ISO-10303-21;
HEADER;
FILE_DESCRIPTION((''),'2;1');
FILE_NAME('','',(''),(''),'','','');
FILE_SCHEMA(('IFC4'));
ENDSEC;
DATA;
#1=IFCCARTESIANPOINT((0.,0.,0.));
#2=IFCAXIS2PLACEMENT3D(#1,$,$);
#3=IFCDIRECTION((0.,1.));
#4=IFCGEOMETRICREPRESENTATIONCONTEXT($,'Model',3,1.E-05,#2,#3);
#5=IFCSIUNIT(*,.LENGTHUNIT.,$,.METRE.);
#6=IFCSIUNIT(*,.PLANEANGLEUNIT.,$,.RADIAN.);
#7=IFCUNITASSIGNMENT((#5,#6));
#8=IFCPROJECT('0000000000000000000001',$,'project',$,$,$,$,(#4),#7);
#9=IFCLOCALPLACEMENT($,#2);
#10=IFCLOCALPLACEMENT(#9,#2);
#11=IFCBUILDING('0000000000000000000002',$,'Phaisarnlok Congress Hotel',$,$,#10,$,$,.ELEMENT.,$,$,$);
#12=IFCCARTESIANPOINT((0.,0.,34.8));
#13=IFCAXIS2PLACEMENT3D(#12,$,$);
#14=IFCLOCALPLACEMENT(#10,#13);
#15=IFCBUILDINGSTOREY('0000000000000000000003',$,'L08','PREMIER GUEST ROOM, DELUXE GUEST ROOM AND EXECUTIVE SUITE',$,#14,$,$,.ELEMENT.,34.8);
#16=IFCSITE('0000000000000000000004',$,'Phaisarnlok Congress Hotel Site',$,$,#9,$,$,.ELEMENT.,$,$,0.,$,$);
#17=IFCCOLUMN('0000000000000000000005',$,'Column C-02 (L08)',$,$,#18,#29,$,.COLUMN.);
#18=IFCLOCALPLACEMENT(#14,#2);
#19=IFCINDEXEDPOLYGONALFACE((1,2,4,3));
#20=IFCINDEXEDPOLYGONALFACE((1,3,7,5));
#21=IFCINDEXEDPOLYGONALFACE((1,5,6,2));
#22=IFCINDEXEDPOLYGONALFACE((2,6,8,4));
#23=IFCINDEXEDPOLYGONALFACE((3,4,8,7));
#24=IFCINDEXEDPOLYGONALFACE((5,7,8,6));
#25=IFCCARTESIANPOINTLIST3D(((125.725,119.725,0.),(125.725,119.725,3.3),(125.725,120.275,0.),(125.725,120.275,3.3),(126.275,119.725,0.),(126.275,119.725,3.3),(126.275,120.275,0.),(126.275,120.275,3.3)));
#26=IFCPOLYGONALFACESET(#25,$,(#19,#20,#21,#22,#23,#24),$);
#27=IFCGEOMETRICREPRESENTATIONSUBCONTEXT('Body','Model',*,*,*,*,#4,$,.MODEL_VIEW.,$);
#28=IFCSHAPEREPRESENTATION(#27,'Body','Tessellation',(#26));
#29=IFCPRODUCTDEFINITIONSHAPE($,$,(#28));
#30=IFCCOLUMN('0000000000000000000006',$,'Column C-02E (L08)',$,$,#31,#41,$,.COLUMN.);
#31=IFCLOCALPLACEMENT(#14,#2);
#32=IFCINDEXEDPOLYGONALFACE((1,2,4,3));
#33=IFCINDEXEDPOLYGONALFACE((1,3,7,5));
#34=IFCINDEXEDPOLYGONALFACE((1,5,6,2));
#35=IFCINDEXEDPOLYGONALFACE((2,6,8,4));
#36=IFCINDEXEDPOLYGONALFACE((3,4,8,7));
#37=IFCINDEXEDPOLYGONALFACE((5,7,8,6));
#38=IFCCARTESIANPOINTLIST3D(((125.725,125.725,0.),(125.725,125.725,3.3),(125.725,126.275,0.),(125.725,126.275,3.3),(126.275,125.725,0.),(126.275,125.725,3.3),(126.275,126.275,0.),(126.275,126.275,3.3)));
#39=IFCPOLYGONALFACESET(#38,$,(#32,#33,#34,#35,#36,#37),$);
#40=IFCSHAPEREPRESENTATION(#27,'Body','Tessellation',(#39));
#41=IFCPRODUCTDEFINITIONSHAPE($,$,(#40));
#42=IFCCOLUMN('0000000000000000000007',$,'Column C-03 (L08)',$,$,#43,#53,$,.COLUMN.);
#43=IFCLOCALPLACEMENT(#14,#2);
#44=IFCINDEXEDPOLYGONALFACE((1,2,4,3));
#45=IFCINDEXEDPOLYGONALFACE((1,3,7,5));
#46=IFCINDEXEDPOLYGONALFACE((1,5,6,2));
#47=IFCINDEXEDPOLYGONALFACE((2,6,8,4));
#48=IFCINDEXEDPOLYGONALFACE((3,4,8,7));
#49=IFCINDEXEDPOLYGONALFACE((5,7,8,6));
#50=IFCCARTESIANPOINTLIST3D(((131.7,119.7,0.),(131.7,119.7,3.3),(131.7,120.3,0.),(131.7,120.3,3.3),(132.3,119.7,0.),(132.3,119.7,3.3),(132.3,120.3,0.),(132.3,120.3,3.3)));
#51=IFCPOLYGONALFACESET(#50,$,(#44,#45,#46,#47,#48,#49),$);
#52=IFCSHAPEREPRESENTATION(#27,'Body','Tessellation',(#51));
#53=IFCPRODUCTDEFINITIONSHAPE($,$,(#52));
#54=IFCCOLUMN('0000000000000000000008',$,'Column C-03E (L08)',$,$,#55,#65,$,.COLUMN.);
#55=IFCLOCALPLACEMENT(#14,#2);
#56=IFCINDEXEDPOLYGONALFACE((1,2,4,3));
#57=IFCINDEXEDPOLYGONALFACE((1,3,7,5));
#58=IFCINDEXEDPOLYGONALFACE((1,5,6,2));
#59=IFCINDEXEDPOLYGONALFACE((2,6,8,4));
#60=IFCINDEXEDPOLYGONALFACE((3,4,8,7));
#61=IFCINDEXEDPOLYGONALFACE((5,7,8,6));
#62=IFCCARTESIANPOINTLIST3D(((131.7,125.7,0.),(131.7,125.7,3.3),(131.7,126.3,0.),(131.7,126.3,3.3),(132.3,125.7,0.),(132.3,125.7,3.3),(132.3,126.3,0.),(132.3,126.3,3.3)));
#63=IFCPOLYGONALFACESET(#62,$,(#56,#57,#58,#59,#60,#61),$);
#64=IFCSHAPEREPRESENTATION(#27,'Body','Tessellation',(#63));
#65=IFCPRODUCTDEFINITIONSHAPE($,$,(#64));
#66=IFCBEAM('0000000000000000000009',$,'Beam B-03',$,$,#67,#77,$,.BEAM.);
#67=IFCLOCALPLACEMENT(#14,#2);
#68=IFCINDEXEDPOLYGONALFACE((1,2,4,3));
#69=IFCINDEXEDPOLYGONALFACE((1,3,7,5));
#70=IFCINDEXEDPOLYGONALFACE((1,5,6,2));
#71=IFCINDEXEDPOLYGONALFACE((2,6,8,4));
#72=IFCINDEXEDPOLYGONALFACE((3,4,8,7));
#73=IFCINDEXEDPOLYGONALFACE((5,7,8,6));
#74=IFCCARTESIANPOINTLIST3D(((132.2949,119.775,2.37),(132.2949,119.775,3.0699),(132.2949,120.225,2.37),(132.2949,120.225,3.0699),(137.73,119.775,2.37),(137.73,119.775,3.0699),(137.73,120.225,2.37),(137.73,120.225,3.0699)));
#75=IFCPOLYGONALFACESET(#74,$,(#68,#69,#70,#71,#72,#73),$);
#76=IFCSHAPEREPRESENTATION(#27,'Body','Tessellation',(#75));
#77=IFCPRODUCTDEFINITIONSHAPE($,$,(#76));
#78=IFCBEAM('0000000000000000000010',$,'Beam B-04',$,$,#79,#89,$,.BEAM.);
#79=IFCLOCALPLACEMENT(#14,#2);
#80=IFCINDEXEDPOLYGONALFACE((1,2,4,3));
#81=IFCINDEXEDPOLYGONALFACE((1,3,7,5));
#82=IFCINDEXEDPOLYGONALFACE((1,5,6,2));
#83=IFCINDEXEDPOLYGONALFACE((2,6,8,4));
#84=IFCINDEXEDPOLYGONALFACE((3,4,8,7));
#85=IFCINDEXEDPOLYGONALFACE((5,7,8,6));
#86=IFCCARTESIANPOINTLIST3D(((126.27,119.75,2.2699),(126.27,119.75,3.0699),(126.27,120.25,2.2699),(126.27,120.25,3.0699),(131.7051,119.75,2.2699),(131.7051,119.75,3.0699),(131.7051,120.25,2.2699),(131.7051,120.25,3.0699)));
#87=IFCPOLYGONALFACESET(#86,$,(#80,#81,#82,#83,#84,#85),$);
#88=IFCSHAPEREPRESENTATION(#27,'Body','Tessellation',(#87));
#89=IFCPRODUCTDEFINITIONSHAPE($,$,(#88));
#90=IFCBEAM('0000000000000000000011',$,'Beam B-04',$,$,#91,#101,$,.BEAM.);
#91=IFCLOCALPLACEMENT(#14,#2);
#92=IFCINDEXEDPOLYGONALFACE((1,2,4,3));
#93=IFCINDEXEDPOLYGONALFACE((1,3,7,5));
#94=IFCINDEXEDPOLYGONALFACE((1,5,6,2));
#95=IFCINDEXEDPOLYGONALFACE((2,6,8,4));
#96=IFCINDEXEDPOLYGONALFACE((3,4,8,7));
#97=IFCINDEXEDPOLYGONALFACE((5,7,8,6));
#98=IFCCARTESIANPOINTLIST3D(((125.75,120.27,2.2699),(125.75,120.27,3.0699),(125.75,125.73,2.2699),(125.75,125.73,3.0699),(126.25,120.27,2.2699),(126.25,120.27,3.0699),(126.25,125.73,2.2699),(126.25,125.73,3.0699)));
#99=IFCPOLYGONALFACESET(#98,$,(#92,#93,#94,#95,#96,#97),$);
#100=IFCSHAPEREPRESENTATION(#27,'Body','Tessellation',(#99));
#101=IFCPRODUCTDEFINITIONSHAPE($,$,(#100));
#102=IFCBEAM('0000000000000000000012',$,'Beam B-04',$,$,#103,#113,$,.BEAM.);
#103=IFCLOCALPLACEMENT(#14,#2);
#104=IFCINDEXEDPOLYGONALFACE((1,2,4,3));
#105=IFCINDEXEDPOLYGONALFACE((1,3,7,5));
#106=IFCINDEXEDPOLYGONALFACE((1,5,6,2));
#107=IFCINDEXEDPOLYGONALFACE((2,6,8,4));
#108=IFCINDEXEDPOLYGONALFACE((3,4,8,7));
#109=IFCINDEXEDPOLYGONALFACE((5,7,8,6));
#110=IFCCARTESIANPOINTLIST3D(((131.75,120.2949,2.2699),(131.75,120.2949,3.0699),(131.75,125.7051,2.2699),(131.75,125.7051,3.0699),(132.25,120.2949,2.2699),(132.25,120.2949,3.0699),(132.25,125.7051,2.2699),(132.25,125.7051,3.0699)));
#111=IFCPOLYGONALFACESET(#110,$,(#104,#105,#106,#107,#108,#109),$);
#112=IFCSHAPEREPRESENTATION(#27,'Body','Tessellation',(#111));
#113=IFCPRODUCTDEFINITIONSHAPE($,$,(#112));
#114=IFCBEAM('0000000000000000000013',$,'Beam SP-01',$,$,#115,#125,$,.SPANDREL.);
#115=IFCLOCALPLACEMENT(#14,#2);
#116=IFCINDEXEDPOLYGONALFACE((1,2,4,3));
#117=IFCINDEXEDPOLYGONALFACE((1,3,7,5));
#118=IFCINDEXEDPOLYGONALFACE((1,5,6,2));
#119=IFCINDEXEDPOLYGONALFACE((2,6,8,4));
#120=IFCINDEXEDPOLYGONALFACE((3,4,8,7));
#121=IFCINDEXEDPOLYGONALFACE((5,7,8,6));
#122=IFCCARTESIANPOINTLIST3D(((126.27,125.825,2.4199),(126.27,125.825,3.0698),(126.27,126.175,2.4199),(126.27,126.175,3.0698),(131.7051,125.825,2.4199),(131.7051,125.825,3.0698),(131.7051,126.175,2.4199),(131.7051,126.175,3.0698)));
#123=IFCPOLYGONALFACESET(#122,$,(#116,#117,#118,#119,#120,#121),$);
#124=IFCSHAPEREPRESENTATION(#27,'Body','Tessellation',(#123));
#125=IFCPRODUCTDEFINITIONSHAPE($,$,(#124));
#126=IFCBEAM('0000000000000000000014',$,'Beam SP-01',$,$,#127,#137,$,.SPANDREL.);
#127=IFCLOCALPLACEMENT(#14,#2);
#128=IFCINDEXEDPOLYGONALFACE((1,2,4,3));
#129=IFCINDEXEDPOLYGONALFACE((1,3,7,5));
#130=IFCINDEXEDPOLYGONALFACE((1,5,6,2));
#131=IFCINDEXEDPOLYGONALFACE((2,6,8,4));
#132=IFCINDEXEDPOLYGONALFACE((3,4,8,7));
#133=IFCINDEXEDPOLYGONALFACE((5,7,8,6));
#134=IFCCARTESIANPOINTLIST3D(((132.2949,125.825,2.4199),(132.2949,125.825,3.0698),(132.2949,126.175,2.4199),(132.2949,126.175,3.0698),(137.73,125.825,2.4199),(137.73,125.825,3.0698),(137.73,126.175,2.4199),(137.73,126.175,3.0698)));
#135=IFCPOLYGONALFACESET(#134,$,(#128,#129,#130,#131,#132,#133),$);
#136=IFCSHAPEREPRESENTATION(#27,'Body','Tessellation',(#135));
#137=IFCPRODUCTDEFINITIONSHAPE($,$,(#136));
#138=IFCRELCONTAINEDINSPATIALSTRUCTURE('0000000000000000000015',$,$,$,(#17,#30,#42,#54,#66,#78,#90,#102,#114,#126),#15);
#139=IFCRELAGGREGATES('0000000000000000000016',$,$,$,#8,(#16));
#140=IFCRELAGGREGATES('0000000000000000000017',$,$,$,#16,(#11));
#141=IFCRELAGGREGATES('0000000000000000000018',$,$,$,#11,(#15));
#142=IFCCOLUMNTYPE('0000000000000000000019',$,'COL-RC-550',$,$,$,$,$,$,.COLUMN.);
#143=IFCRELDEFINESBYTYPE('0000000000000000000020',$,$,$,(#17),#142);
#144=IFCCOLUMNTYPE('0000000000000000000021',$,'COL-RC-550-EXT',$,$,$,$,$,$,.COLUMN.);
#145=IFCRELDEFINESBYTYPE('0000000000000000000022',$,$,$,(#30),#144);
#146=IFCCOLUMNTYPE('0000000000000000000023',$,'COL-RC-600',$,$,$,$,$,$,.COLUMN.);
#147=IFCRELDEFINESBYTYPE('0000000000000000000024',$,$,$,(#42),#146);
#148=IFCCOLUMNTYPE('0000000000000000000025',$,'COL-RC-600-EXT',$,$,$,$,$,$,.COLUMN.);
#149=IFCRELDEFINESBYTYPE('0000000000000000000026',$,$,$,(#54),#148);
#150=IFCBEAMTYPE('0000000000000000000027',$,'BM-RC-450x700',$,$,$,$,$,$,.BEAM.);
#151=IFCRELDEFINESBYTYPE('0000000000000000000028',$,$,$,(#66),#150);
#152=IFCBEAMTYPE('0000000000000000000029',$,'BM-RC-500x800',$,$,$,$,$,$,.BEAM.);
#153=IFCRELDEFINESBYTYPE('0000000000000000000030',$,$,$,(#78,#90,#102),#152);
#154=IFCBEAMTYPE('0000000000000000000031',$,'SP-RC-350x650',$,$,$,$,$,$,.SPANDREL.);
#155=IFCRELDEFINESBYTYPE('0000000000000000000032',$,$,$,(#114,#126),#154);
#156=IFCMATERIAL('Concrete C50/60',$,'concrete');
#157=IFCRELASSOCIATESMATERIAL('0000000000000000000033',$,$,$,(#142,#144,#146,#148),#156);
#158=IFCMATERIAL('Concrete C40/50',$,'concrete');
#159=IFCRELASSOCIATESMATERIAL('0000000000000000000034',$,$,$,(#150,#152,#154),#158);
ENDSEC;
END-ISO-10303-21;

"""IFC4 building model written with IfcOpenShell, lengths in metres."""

from ifc_helpers import new_model, si_unit, direction, frame, origin, origin_2d, place, context, subcontext, project, spatial, rectangle, extrude, material, material_profile, profile_set, type_object, element, save


model = new_model("IFC4")

# Units and contexts
model_context = context("Model", 3, precision=1e-05, world=origin(), true_north=direction((0.0, 1.0)))
body_context = subcontext(model_context, "Body", "Model", "MODEL_VIEW")
ifc_project = project(units=[si_unit("LENGTHUNIT", "METRE"), si_unit("PLANEANGLEUNIT", "RADIAN")], contexts=[model_context])

# Site, building, storey
site_placement = place(None, origin())
site = spatial("IfcSite", under=ifc_project, at=site_placement, Name="Phaisarnlok Congress Hotel Site", CompositionType="ELEMENT", RefElevation=0.0)
building_placement = place(site_placement, origin())
building = spatial("IfcBuilding", under=site, at=building_placement, Name="Phaisarnlok Congress Hotel", CompositionType="ELEMENT")
storey_placement = place(building_placement, frame((0.0, 0.0, 34.8)))
storey = spatial("IfcBuildingStorey", under=building, at=storey_placement, Name="L08", Description="PREMIER GUEST ROOM, DELUXE GUEST ROOM AND EXECUTIVE SUITE", CompositionType="ELEMENT", Elevation=34.8)

# Columns
ifc_material_1 = material(Name="Concrete C50/60", Category="concrete")
ifc_material_profile_1 = material_profile(ifc_material_1, rectangle(XDim=0.55, YDim=0.55, at=origin_2d()), Name="RC 550x550")
ifc_profile_set_1 = profile_set([ifc_material_profile_1], Name="Concrete C50/60")
column_type_1 = type_object("IfcColumnType", Name="COL-RC-550", PredefinedType="COLUMN", material=ifc_profile_set_1)
column_1_placement = place(storey_placement, frame((126.0, 120.0, 0.0), z_axis=(0.0, 0.0, 1.0), x_axis=(1.0, 0.0, 0.0)))
element("IfcColumn", 1, at=column_1_placement, inside=storey, type_object=column_type_1, Name="Column C-02 (L08)", PredefinedType="COLUMN", context=body_context, shape_type="SweptSolid", body=[
    extrude(rectangle(XDim=0.55, YDim=0.55, at=origin_2d()), origin(), (0.0, 0.0, 1.0), 3.3),
])
ifc_material_profile_2 = material_profile(ifc_material_1, rectangle(XDim=0.55, YDim=0.55, at=origin_2d()), Name="RC 550x550")
ifc_profile_set_2 = profile_set([ifc_material_profile_2], Name="Concrete C50/60")
column_type_2 = type_object("IfcColumnType", Name="COL-RC-550-EXT", PredefinedType="COLUMN", material=ifc_profile_set_2)
column_2_placement = place(storey_placement, frame((126.0, 126.0, 0.0), z_axis=(0.0, 0.0, 1.0), x_axis=(1.0, 0.0, 0.0)))
element("IfcColumn", 2, at=column_2_placement, inside=storey, type_object=column_type_2, Name="Column C-02E (L08)", PredefinedType="COLUMN", context=body_context, shape_type="SweptSolid", body=[
    extrude(rectangle(XDim=0.55, YDim=0.55, at=origin_2d()), origin(), (0.0, 0.0, 1.0), 3.3),
])
ifc_material_profile_3 = material_profile(ifc_material_1, rectangle(XDim=0.6001, YDim=0.6001, at=origin_2d()), Name="RC 600x600")
ifc_profile_set_3 = profile_set([ifc_material_profile_3], Name="Concrete C50/60")
column_type_3 = type_object("IfcColumnType", Name="COL-RC-600", PredefinedType="COLUMN", material=ifc_profile_set_3)
column_3_placement = place(storey_placement, frame((132.0, 120.0, 0.0), z_axis=(0.0, 0.0, 1.0), x_axis=(1.0, 0.0, 0.0)))
element("IfcColumn", 3, at=column_3_placement, inside=storey, type_object=column_type_3, Name="Column C-03 (L08)", PredefinedType="COLUMN", context=body_context, shape_type="SweptSolid", body=[
    extrude(rectangle(XDim=0.6001, YDim=0.6001, at=origin_2d()), origin(), (0.0, 0.0, 1.0), 3.3),
])
ifc_material_profile_4 = material_profile(ifc_material_1, rectangle(XDim=0.6001, YDim=0.6001, at=origin_2d()), Name="RC 600x600")
ifc_profile_set_4 = profile_set([ifc_material_profile_4], Name="Concrete C50/60")
column_type_4 = type_object("IfcColumnType", Name="COL-RC-600-EXT", PredefinedType="COLUMN", material=ifc_profile_set_4)
column_4_placement = place(storey_placement, frame((132.0, 126.0, 0.0), z_axis=(0.0, 0.0, 1.0), x_axis=(1.0, 0.0, 0.0)))
element("IfcColumn", 4, at=column_4_placement, inside=storey, type_object=column_type_4, Name="Column C-03E (L08)", PredefinedType="COLUMN", context=body_context, shape_type="SweptSolid", body=[
    extrude(rectangle(XDim=0.6001, YDim=0.6001, at=origin_2d()), origin(), (0.0, 0.0, 1.0), 3.3),
])

# Beams
ifc_material_2 = material(Name="Concrete C40/50", Category="concrete")
ifc_material_profile_5 = material_profile(ifc_material_2, rectangle(XDim=0.45, YDim=0.7, at=origin_2d()), Name="RC 450x700")
ifc_profile_set_5 = profile_set([ifc_material_profile_5], Name="Concrete C40/50")
beam_type_1 = type_object("IfcBeamType", Name="BM-RC-450x700", PredefinedType="BEAM", material=ifc_profile_set_5)
beam_1_placement = place(storey_placement, frame((132.2949, 120.0, 2.72), z_axis=(1.0, 0.0, 0.0), x_axis=(0.0, 1.0, 0.0)))
element("IfcBeam", 5, at=beam_1_placement, inside=storey, type_object=beam_type_1, Name="Beam B-03", PredefinedType="BEAM", context=body_context, shape_type="SweptSolid", body=[
    extrude(rectangle(XDim=0.45, YDim=0.7, at=origin_2d()), origin(), (0.0, 0.0, 1.0), 5.4351),
])
ifc_material_profile_6 = material_profile(ifc_material_2, rectangle(XDim=0.5, YDim=0.8, at=origin_2d()), Name="RC 500x800")
ifc_profile_set_6 = profile_set([ifc_material_profile_6], Name="Concrete C40/50")
beam_type_2 = type_object("IfcBeamType", Name="BM-RC-500x800", PredefinedType="BEAM", material=ifc_profile_set_6)
beam_2_placement = place(storey_placement, frame((126.27, 120.0, 2.6699), z_axis=(1.0, 0.0, 0.0), x_axis=(0.0, 1.0, 0.0)))
element("IfcBeam", 6, at=beam_2_placement, inside=storey, type_object=beam_type_2, Name="Beam B-04", PredefinedType="BEAM", context=body_context, shape_type="SweptSolid", body=[
    extrude(rectangle(XDim=0.5, YDim=0.8, at=origin_2d()), origin(), (0.0, 0.0, 1.0), 5.4351),
])
beam_3_placement = place(storey_placement, frame((126.0, 120.27, 2.6699), z_axis=(0.0, 1.0, 0.0), x_axis=(-1.0, 0.0, 0.0)))
element("IfcBeam", 7, at=beam_3_placement, inside=storey, type_object=beam_type_2, Name="Beam B-04", PredefinedType="BEAM", context=body_context, shape_type="SweptSolid", body=[
    extrude(rectangle(XDim=0.5, YDim=0.8, at=origin_2d()), origin(), (0.0, 0.0, 1.0), 5.46),
])
beam_4_placement = place(storey_placement, frame((132.0, 120.2949, 2.6699), z_axis=(0.0, 1.0, 0.0), x_axis=(-1.0, 0.0, 0.0)))
element("IfcBeam", 8, at=beam_4_placement, inside=storey, type_object=beam_type_2, Name="Beam B-04", PredefinedType="BEAM", context=body_context, shape_type="SweptSolid", body=[
    extrude(rectangle(XDim=0.5, YDim=0.8, at=origin_2d()), origin(), (0.0, 0.0, 1.0), 5.4102),
])
ifc_material_profile_7 = material_profile(ifc_material_2, rectangle(XDim=0.3501, YDim=0.6499, at=origin_2d()), Name="RC 350x650")
ifc_profile_set_7 = profile_set([ifc_material_profile_7], Name="Concrete C40/50")
beam_type_3 = type_object("IfcBeamType", Name="SP-RC-350x650", PredefinedType="SPANDREL", material=ifc_profile_set_7)
for number, where, z_axis, x_axis, name in (
    (9, (126.27, 126.0, 2.7449), (1.0, 0.0, 0.0), (0.0, 1.0, 0.0), "Beam SP-01"),
    (10, (132.2949, 126.0, 2.7449), (1.0, 0.0, 0.0), (0.0, 1.0, 0.0), "Beam SP-01"),
):
    element("IfcBeam", number, at=place(storey_placement, frame(where, z_axis=z_axis, x_axis=x_axis)), inside=storey, type_object=beam_type_3, Name=name, PredefinedType="SPANDREL", context=body_context, shape_type="SweptSolid", body=[
        extrude(rectangle(XDim=0.3501, YDim=0.6499, at=origin_2d()), origin(), (0.0, 0.0, 1.0), 5.4351),
    ])

save(model, "model.ifc")
